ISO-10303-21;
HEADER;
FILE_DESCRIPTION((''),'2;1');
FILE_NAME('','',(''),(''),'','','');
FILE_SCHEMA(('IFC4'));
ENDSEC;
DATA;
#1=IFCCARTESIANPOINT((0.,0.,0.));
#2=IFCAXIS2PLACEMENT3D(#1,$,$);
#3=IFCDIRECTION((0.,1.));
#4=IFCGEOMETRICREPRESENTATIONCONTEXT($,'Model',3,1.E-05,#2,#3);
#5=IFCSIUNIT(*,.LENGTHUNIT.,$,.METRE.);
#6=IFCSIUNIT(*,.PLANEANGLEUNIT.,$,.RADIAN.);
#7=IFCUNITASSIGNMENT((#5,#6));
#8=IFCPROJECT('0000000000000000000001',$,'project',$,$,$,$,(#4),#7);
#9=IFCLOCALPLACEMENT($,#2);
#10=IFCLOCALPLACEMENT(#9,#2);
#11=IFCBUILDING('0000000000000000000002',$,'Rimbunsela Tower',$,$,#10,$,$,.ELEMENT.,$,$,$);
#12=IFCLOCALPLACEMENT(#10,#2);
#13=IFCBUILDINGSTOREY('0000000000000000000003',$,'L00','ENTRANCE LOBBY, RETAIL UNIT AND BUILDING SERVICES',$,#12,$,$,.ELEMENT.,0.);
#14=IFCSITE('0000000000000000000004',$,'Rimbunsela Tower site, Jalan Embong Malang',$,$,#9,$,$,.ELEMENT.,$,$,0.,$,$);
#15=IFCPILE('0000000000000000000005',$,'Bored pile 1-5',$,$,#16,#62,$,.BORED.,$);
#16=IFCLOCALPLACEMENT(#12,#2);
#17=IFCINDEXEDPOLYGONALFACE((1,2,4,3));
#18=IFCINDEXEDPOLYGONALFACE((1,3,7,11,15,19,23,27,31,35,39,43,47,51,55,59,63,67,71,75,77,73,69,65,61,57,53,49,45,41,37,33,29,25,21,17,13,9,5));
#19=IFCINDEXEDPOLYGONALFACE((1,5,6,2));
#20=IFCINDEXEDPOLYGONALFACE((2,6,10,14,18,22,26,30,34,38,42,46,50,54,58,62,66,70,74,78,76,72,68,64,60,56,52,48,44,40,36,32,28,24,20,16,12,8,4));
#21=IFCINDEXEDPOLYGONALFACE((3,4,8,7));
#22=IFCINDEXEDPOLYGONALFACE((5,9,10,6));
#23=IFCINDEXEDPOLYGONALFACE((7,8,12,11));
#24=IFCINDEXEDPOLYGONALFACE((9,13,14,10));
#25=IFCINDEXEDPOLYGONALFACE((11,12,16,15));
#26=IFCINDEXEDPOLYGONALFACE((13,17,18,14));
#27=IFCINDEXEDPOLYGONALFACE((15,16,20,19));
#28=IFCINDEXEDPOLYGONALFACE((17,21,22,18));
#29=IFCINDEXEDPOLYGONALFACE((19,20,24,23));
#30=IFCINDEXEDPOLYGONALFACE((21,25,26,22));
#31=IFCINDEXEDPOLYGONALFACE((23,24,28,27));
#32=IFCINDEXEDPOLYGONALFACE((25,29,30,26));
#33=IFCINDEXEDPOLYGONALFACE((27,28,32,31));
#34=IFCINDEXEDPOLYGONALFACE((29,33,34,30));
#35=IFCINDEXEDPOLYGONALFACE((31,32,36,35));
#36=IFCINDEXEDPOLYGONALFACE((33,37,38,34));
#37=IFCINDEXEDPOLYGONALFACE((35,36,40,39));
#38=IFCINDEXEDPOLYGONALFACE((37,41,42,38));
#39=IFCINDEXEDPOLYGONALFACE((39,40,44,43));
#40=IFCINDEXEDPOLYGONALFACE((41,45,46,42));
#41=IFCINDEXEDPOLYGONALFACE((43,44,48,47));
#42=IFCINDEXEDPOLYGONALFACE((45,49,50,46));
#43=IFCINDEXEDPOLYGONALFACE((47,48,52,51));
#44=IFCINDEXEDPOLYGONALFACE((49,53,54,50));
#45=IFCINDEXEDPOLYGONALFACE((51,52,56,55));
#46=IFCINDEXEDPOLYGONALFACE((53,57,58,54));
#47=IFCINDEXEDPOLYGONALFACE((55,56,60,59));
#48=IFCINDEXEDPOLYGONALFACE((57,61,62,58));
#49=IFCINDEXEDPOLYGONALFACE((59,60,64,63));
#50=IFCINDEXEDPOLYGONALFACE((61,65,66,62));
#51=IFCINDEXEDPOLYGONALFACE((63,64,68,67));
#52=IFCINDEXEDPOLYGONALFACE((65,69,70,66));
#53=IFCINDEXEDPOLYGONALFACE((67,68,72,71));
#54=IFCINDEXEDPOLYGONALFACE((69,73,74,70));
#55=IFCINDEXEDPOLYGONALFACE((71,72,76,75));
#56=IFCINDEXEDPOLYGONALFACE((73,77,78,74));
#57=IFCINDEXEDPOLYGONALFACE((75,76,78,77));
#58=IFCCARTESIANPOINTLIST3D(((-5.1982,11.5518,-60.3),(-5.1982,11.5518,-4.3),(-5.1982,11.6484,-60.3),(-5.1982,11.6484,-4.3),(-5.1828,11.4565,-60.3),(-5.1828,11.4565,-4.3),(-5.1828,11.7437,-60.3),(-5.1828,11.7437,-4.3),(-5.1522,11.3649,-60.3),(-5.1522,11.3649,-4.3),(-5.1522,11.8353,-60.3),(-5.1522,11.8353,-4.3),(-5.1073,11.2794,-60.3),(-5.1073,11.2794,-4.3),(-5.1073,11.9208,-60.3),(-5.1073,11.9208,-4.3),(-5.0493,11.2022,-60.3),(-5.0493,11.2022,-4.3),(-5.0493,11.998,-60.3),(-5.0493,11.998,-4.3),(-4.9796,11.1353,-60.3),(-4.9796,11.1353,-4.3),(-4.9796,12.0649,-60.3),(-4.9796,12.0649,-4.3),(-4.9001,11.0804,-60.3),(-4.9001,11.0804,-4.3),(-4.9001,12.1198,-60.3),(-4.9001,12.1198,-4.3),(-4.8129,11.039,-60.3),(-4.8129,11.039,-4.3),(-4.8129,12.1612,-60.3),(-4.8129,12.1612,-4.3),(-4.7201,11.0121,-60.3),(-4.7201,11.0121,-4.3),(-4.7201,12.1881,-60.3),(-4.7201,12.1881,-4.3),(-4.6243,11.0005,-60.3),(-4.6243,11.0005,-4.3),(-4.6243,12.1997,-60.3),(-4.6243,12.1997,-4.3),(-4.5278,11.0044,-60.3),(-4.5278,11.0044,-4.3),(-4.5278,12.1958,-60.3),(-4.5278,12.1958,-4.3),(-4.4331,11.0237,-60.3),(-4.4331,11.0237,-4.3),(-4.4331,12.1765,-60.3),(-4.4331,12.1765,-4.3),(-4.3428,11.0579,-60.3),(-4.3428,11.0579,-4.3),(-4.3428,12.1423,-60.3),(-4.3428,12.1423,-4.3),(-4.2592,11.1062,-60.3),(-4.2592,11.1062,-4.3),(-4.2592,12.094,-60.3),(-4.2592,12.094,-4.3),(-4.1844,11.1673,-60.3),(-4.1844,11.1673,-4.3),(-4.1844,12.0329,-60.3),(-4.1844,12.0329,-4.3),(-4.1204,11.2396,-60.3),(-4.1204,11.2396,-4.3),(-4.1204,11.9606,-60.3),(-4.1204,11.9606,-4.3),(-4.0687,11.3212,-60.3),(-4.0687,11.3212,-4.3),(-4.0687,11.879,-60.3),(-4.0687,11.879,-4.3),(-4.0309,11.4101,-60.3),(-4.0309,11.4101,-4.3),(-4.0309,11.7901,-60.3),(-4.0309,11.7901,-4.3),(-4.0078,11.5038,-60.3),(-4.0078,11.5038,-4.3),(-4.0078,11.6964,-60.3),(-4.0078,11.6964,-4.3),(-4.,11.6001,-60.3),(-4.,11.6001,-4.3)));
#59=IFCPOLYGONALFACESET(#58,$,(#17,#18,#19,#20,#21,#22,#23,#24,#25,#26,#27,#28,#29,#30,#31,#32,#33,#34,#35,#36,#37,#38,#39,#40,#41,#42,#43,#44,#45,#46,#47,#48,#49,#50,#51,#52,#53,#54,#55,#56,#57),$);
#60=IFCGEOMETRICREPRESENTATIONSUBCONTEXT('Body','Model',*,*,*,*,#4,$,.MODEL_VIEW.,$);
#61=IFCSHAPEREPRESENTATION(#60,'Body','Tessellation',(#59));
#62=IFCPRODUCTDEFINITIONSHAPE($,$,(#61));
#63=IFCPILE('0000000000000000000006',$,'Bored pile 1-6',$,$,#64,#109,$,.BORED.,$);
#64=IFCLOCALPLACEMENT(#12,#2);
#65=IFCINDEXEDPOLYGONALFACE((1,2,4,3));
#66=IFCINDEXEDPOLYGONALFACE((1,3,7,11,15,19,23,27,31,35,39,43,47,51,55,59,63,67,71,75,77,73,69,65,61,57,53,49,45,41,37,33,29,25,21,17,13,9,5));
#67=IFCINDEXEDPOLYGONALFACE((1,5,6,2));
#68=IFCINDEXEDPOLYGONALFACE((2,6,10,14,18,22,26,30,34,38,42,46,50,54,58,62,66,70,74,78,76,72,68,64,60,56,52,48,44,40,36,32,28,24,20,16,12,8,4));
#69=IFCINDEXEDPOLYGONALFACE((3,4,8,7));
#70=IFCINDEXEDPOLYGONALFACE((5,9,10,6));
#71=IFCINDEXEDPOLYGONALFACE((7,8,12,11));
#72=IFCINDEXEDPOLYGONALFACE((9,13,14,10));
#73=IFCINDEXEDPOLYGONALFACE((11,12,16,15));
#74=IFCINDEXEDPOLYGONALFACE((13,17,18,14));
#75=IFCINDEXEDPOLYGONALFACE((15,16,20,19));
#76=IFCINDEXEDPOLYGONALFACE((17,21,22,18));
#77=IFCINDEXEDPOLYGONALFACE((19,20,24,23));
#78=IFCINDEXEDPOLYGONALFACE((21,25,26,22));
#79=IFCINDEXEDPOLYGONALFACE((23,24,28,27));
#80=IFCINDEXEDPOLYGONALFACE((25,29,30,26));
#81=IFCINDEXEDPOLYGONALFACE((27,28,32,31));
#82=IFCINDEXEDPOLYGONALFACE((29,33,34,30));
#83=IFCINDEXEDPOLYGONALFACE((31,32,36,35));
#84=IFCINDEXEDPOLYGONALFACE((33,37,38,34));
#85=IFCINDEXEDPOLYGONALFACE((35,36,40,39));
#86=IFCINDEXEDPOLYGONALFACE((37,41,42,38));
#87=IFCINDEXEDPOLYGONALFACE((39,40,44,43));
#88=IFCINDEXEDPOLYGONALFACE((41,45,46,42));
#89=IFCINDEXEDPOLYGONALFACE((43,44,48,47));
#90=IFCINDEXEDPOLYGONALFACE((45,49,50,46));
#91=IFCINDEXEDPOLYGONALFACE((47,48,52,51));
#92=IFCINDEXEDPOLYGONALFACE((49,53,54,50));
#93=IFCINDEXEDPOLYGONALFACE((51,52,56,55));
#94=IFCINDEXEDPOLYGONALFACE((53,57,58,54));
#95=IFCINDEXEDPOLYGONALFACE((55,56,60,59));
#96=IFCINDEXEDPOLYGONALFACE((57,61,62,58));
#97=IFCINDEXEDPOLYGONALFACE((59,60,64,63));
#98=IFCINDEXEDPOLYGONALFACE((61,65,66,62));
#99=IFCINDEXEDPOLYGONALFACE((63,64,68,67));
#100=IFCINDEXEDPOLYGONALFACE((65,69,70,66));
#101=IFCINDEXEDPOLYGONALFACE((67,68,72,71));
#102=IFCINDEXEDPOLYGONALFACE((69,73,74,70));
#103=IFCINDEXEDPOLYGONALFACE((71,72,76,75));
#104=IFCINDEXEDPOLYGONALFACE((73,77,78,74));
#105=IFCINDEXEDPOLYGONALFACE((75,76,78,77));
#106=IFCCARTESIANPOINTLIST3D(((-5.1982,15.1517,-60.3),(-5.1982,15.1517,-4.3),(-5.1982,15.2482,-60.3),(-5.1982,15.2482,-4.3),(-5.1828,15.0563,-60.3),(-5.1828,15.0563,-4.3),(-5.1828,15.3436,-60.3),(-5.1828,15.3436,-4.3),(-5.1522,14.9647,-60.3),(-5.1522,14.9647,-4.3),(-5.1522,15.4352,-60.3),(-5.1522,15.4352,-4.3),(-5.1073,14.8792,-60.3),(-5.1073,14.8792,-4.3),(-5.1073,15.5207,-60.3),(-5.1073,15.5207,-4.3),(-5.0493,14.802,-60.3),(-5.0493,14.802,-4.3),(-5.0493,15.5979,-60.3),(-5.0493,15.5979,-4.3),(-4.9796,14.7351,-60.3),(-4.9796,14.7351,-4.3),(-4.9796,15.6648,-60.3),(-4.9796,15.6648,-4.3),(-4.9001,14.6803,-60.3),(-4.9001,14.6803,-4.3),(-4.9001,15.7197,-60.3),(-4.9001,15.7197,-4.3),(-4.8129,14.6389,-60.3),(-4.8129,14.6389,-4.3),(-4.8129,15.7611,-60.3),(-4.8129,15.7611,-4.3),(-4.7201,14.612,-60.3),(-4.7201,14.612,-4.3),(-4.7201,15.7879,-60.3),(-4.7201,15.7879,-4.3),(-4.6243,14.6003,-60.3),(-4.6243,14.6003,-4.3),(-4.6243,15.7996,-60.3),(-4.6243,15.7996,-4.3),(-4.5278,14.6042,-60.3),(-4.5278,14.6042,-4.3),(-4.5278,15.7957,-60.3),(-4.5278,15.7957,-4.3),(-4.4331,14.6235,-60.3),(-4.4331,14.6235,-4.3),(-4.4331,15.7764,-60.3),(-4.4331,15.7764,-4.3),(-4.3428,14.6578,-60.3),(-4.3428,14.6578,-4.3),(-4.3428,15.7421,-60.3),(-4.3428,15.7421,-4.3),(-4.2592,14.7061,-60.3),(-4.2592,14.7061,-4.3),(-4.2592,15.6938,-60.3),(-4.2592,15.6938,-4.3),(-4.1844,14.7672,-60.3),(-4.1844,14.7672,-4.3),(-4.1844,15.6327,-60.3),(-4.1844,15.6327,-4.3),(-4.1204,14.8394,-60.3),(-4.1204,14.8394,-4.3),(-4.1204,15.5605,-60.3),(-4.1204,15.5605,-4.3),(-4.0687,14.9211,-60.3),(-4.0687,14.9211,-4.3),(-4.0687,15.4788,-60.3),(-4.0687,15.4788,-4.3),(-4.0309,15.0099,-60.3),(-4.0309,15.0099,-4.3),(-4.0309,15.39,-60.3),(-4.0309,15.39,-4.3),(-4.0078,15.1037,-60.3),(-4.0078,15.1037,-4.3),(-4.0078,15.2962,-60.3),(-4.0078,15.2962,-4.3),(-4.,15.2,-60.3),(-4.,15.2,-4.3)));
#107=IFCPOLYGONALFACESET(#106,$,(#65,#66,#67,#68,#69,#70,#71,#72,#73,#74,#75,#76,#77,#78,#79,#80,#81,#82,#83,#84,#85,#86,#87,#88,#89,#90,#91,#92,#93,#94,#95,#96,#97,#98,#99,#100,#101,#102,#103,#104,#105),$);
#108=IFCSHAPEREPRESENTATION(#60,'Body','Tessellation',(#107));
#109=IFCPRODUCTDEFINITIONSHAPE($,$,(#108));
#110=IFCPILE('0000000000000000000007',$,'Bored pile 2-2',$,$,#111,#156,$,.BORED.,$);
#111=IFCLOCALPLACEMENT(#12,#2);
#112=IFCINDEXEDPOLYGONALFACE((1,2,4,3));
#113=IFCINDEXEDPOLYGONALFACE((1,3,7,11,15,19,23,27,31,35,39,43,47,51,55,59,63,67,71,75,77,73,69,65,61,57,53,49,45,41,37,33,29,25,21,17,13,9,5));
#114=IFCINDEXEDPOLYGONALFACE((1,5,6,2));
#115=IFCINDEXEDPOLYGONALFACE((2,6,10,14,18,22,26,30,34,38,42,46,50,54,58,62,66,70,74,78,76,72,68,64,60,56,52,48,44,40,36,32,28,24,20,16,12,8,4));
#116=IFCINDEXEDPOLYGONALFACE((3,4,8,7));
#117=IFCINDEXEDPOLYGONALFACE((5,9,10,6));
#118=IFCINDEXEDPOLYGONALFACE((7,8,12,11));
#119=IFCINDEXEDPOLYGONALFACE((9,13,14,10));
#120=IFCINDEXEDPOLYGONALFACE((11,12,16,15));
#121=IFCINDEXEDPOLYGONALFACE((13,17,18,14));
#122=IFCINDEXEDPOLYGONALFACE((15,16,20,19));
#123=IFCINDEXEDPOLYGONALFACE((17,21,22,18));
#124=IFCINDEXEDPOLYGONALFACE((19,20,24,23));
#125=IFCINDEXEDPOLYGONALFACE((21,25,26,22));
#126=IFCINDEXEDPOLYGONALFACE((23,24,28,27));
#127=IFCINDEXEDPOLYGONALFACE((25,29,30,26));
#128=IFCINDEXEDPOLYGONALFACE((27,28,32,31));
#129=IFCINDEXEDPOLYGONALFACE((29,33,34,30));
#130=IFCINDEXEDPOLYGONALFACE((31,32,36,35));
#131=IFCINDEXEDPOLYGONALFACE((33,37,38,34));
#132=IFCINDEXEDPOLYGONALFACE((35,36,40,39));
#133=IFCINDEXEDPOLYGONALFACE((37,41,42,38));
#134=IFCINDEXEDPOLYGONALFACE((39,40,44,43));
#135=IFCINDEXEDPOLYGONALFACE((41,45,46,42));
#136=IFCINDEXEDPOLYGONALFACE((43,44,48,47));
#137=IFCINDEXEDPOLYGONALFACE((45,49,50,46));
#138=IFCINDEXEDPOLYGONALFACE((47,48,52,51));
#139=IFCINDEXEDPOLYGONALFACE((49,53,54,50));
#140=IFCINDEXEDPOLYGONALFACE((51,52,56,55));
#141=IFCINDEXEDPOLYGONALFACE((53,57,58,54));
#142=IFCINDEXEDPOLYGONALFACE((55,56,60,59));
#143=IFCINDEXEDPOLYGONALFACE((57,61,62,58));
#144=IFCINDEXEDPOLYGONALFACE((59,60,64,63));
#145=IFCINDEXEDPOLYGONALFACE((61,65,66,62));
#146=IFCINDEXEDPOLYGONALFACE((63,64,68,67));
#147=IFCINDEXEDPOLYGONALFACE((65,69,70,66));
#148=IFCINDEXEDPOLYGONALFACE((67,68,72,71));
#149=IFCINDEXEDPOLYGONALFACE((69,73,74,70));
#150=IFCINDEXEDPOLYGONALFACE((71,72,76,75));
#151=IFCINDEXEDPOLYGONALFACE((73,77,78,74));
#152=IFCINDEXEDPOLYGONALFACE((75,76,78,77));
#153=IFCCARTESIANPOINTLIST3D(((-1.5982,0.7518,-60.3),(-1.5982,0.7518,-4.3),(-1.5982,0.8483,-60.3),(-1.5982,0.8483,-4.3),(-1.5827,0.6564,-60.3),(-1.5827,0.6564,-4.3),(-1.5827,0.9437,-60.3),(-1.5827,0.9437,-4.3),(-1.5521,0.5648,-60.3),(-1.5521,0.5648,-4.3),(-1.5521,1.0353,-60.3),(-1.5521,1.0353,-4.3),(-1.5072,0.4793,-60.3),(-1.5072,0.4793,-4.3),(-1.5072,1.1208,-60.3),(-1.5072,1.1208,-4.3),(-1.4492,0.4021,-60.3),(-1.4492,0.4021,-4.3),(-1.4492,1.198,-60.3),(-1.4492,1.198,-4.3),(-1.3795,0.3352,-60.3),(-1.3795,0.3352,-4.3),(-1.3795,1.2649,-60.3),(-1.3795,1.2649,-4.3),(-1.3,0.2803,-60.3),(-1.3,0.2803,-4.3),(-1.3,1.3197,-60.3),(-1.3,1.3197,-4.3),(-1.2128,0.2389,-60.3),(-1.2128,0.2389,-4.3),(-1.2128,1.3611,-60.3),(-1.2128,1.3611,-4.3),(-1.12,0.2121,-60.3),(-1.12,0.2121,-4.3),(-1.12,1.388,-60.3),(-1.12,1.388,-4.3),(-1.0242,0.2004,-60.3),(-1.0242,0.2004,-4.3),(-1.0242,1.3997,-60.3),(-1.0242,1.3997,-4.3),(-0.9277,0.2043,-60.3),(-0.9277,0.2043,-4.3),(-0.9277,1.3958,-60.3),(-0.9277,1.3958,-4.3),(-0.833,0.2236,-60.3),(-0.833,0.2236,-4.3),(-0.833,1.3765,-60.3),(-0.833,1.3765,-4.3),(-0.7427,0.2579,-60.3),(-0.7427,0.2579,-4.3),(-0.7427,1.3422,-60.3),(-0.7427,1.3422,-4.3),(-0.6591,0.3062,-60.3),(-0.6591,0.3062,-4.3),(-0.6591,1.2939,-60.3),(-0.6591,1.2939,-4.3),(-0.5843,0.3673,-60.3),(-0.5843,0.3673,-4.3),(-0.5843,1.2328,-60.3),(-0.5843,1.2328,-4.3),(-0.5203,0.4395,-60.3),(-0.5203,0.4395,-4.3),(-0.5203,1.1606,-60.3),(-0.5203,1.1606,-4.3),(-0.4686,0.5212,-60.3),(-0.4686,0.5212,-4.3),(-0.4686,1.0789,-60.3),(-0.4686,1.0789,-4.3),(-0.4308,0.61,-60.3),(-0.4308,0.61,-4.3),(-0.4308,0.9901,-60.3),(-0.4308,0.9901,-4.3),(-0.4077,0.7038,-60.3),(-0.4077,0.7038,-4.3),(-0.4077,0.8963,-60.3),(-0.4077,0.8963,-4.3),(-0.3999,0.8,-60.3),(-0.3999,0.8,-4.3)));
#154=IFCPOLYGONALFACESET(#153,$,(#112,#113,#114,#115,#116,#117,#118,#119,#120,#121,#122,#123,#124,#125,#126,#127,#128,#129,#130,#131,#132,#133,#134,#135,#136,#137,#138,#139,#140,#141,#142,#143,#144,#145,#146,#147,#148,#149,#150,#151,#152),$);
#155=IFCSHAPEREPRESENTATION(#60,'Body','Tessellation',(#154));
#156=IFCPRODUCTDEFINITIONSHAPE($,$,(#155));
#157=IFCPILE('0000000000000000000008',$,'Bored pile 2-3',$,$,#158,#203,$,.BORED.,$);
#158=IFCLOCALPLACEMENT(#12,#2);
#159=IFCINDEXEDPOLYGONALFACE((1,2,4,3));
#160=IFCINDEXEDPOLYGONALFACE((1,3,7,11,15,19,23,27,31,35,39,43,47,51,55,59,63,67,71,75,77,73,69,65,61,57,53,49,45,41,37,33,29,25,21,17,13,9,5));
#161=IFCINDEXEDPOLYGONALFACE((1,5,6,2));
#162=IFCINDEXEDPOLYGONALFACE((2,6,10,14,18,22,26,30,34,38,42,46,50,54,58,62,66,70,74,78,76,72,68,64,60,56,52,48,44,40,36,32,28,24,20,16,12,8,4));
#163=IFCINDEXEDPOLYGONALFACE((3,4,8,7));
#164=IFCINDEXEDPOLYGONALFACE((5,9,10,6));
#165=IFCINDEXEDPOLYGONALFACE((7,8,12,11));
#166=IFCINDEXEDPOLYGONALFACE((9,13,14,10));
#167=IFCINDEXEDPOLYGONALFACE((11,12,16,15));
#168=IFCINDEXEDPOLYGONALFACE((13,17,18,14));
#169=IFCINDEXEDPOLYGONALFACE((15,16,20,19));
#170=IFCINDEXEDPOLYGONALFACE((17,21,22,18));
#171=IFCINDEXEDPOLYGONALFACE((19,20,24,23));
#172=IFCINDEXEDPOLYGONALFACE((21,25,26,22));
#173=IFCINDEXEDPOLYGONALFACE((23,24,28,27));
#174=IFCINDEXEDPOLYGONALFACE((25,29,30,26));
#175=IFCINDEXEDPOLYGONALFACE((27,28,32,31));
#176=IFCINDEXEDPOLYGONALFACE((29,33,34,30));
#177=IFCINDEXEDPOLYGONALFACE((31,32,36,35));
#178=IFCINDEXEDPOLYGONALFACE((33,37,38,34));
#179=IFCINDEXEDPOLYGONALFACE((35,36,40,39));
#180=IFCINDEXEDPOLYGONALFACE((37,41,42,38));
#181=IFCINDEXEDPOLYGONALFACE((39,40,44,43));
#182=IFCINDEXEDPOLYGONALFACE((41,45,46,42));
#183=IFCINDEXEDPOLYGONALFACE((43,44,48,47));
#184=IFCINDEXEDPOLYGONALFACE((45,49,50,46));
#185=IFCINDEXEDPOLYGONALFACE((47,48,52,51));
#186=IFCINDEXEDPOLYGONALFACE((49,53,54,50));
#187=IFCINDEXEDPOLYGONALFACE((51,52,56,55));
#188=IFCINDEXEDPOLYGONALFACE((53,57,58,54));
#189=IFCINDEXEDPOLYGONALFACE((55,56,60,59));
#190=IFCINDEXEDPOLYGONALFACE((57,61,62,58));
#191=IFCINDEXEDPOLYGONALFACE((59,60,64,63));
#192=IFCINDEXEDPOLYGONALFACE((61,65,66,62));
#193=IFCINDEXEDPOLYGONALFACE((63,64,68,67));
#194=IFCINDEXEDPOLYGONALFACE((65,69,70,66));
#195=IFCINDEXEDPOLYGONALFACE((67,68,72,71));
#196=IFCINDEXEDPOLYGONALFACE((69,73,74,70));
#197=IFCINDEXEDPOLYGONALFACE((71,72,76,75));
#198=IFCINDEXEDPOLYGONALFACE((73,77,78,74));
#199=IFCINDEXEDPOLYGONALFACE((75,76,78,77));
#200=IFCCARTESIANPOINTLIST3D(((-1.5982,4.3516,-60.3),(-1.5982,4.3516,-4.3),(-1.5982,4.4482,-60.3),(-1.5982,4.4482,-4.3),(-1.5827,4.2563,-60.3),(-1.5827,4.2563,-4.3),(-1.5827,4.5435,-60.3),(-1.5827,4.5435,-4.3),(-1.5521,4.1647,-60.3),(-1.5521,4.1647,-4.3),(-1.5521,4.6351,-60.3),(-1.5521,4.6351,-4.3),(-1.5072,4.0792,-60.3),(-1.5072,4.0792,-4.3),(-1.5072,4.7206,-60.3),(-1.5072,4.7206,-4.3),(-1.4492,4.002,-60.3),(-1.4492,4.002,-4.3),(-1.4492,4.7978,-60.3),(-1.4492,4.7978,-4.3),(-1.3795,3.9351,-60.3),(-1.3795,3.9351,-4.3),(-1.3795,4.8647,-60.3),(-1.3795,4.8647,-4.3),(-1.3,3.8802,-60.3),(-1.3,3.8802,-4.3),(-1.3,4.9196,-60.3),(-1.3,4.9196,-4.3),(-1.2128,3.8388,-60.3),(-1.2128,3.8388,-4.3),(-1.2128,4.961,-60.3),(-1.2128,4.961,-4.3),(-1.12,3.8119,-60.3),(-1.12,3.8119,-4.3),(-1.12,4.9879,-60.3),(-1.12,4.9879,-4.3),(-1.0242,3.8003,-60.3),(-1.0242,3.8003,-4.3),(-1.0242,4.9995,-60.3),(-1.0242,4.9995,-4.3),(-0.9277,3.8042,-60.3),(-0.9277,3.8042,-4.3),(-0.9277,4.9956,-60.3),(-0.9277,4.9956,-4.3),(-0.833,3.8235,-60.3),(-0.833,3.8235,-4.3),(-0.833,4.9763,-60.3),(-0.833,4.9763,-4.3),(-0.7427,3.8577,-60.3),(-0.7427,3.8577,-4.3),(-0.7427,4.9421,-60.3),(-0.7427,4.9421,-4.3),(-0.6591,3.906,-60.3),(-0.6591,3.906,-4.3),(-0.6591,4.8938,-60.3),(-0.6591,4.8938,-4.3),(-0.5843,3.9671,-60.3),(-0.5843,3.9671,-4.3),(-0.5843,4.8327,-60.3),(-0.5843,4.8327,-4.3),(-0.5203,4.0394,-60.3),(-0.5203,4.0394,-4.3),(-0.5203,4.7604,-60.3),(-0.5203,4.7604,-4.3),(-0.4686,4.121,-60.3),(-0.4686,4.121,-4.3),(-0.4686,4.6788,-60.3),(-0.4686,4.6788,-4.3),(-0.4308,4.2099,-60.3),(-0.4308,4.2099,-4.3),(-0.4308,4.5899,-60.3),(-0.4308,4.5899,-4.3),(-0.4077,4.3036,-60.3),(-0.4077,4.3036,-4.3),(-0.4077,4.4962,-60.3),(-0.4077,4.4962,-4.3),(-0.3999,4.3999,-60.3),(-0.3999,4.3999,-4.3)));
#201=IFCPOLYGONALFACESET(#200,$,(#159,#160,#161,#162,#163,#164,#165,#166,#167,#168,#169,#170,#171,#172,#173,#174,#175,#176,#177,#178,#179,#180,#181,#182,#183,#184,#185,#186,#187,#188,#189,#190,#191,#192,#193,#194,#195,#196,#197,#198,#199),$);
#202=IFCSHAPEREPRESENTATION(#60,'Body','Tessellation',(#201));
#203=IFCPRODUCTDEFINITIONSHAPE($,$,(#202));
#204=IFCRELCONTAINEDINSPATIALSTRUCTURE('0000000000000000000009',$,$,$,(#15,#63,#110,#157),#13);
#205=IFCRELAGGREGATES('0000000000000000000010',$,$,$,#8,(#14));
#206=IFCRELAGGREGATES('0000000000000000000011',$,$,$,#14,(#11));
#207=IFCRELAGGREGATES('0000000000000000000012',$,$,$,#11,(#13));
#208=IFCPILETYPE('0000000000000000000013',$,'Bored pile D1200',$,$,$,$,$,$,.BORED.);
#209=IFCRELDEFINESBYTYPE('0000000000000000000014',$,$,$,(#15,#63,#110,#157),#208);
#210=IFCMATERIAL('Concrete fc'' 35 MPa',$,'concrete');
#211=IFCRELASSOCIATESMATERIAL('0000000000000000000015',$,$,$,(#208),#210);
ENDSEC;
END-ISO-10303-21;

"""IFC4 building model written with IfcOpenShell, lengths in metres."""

from ifc_helpers import new_model, si_unit, direction, frame, origin, origin_2d, place, context, subcontext, project, spatial, circle, extrude, material, material_profile, profile_set, type_object, element, save


model = new_model("IFC4")

# Units and contexts
model_context = context("Model", 3, precision=1e-05, world=origin(), true_north=direction((0.0, 1.0)))
body_context = subcontext(model_context, "Body", "Model", "MODEL_VIEW")
ifc_project = project(units=[si_unit("LENGTHUNIT", "METRE"), si_unit("PLANEANGLEUNIT", "RADIAN")], contexts=[model_context])

# Site, building, storey
site_placement = place(None, origin())
site = spatial("IfcSite", under=ifc_project, at=site_placement, Name="Rimbunsela Tower site, Jalan Embong Malang", CompositionType="ELEMENT", RefElevation=0.0)
building_placement = place(site_placement, origin())
building = spatial("IfcBuilding", under=site, at=building_placement, Name="Rimbunsela Tower", CompositionType="ELEMENT")
storey_placement = place(building_placement, origin())
storey = spatial("IfcBuildingStorey", under=building, at=storey_placement, Name="L00", Description="ENTRANCE LOBBY, RETAIL UNIT AND BUILDING SERVICES", CompositionType="ELEMENT", Elevation=0.0)

# Piles
ifc_material_1 = material(Name="Concrete fc' 35 MPa", Category="concrete")
ifc_material_profile_1 = material_profile(ifc_material_1, circle(Radius=0.6001, at=origin_2d()), Name="BP D1200")
ifc_profile_set_1 = profile_set([ifc_material_profile_1], Name="Concrete fc' 35 MPa")
pile_type = type_object("IfcPileType", Name="Bored pile D1200", PredefinedType="BORED", material=ifc_profile_set_1)
for number, where, z_axis, x_axis, name in (
    (1, (-4.6001, 11.6001, -4.3), (0.0, 0.0, -1.0), (1.0, 0.0, 0.0), "Bored pile 1-5"),
    (2, (-4.6001, 15.2, -4.3), (0.0, 0.0, -1.0), (1.0, 0.0, 0.0), "Bored pile 1-6"),
    (3, (-1.0, 0.8, -4.3), (0.0, 0.0, -1.0), (1.0, 0.0, 0.0), "Bored pile 2-2"),
    (4, (-1.0, 4.3999, -4.3), (0.0, 0.0, -1.0), (1.0, 0.0, 0.0), "Bored pile 2-3"),
):
    element("IfcPile", number, at=place(storey_placement, frame(where, z_axis=z_axis, x_axis=x_axis)), inside=storey, type_object=pile_type, Name=name, PredefinedType="BORED", context=body_context, shape_type="SweptSolid", body=[
        extrude(circle(Radius=0.6001, at=origin_2d()), origin(), (0.0, 0.0, 1.0), 56.0),
    ])

save(model, "model.ifc")
